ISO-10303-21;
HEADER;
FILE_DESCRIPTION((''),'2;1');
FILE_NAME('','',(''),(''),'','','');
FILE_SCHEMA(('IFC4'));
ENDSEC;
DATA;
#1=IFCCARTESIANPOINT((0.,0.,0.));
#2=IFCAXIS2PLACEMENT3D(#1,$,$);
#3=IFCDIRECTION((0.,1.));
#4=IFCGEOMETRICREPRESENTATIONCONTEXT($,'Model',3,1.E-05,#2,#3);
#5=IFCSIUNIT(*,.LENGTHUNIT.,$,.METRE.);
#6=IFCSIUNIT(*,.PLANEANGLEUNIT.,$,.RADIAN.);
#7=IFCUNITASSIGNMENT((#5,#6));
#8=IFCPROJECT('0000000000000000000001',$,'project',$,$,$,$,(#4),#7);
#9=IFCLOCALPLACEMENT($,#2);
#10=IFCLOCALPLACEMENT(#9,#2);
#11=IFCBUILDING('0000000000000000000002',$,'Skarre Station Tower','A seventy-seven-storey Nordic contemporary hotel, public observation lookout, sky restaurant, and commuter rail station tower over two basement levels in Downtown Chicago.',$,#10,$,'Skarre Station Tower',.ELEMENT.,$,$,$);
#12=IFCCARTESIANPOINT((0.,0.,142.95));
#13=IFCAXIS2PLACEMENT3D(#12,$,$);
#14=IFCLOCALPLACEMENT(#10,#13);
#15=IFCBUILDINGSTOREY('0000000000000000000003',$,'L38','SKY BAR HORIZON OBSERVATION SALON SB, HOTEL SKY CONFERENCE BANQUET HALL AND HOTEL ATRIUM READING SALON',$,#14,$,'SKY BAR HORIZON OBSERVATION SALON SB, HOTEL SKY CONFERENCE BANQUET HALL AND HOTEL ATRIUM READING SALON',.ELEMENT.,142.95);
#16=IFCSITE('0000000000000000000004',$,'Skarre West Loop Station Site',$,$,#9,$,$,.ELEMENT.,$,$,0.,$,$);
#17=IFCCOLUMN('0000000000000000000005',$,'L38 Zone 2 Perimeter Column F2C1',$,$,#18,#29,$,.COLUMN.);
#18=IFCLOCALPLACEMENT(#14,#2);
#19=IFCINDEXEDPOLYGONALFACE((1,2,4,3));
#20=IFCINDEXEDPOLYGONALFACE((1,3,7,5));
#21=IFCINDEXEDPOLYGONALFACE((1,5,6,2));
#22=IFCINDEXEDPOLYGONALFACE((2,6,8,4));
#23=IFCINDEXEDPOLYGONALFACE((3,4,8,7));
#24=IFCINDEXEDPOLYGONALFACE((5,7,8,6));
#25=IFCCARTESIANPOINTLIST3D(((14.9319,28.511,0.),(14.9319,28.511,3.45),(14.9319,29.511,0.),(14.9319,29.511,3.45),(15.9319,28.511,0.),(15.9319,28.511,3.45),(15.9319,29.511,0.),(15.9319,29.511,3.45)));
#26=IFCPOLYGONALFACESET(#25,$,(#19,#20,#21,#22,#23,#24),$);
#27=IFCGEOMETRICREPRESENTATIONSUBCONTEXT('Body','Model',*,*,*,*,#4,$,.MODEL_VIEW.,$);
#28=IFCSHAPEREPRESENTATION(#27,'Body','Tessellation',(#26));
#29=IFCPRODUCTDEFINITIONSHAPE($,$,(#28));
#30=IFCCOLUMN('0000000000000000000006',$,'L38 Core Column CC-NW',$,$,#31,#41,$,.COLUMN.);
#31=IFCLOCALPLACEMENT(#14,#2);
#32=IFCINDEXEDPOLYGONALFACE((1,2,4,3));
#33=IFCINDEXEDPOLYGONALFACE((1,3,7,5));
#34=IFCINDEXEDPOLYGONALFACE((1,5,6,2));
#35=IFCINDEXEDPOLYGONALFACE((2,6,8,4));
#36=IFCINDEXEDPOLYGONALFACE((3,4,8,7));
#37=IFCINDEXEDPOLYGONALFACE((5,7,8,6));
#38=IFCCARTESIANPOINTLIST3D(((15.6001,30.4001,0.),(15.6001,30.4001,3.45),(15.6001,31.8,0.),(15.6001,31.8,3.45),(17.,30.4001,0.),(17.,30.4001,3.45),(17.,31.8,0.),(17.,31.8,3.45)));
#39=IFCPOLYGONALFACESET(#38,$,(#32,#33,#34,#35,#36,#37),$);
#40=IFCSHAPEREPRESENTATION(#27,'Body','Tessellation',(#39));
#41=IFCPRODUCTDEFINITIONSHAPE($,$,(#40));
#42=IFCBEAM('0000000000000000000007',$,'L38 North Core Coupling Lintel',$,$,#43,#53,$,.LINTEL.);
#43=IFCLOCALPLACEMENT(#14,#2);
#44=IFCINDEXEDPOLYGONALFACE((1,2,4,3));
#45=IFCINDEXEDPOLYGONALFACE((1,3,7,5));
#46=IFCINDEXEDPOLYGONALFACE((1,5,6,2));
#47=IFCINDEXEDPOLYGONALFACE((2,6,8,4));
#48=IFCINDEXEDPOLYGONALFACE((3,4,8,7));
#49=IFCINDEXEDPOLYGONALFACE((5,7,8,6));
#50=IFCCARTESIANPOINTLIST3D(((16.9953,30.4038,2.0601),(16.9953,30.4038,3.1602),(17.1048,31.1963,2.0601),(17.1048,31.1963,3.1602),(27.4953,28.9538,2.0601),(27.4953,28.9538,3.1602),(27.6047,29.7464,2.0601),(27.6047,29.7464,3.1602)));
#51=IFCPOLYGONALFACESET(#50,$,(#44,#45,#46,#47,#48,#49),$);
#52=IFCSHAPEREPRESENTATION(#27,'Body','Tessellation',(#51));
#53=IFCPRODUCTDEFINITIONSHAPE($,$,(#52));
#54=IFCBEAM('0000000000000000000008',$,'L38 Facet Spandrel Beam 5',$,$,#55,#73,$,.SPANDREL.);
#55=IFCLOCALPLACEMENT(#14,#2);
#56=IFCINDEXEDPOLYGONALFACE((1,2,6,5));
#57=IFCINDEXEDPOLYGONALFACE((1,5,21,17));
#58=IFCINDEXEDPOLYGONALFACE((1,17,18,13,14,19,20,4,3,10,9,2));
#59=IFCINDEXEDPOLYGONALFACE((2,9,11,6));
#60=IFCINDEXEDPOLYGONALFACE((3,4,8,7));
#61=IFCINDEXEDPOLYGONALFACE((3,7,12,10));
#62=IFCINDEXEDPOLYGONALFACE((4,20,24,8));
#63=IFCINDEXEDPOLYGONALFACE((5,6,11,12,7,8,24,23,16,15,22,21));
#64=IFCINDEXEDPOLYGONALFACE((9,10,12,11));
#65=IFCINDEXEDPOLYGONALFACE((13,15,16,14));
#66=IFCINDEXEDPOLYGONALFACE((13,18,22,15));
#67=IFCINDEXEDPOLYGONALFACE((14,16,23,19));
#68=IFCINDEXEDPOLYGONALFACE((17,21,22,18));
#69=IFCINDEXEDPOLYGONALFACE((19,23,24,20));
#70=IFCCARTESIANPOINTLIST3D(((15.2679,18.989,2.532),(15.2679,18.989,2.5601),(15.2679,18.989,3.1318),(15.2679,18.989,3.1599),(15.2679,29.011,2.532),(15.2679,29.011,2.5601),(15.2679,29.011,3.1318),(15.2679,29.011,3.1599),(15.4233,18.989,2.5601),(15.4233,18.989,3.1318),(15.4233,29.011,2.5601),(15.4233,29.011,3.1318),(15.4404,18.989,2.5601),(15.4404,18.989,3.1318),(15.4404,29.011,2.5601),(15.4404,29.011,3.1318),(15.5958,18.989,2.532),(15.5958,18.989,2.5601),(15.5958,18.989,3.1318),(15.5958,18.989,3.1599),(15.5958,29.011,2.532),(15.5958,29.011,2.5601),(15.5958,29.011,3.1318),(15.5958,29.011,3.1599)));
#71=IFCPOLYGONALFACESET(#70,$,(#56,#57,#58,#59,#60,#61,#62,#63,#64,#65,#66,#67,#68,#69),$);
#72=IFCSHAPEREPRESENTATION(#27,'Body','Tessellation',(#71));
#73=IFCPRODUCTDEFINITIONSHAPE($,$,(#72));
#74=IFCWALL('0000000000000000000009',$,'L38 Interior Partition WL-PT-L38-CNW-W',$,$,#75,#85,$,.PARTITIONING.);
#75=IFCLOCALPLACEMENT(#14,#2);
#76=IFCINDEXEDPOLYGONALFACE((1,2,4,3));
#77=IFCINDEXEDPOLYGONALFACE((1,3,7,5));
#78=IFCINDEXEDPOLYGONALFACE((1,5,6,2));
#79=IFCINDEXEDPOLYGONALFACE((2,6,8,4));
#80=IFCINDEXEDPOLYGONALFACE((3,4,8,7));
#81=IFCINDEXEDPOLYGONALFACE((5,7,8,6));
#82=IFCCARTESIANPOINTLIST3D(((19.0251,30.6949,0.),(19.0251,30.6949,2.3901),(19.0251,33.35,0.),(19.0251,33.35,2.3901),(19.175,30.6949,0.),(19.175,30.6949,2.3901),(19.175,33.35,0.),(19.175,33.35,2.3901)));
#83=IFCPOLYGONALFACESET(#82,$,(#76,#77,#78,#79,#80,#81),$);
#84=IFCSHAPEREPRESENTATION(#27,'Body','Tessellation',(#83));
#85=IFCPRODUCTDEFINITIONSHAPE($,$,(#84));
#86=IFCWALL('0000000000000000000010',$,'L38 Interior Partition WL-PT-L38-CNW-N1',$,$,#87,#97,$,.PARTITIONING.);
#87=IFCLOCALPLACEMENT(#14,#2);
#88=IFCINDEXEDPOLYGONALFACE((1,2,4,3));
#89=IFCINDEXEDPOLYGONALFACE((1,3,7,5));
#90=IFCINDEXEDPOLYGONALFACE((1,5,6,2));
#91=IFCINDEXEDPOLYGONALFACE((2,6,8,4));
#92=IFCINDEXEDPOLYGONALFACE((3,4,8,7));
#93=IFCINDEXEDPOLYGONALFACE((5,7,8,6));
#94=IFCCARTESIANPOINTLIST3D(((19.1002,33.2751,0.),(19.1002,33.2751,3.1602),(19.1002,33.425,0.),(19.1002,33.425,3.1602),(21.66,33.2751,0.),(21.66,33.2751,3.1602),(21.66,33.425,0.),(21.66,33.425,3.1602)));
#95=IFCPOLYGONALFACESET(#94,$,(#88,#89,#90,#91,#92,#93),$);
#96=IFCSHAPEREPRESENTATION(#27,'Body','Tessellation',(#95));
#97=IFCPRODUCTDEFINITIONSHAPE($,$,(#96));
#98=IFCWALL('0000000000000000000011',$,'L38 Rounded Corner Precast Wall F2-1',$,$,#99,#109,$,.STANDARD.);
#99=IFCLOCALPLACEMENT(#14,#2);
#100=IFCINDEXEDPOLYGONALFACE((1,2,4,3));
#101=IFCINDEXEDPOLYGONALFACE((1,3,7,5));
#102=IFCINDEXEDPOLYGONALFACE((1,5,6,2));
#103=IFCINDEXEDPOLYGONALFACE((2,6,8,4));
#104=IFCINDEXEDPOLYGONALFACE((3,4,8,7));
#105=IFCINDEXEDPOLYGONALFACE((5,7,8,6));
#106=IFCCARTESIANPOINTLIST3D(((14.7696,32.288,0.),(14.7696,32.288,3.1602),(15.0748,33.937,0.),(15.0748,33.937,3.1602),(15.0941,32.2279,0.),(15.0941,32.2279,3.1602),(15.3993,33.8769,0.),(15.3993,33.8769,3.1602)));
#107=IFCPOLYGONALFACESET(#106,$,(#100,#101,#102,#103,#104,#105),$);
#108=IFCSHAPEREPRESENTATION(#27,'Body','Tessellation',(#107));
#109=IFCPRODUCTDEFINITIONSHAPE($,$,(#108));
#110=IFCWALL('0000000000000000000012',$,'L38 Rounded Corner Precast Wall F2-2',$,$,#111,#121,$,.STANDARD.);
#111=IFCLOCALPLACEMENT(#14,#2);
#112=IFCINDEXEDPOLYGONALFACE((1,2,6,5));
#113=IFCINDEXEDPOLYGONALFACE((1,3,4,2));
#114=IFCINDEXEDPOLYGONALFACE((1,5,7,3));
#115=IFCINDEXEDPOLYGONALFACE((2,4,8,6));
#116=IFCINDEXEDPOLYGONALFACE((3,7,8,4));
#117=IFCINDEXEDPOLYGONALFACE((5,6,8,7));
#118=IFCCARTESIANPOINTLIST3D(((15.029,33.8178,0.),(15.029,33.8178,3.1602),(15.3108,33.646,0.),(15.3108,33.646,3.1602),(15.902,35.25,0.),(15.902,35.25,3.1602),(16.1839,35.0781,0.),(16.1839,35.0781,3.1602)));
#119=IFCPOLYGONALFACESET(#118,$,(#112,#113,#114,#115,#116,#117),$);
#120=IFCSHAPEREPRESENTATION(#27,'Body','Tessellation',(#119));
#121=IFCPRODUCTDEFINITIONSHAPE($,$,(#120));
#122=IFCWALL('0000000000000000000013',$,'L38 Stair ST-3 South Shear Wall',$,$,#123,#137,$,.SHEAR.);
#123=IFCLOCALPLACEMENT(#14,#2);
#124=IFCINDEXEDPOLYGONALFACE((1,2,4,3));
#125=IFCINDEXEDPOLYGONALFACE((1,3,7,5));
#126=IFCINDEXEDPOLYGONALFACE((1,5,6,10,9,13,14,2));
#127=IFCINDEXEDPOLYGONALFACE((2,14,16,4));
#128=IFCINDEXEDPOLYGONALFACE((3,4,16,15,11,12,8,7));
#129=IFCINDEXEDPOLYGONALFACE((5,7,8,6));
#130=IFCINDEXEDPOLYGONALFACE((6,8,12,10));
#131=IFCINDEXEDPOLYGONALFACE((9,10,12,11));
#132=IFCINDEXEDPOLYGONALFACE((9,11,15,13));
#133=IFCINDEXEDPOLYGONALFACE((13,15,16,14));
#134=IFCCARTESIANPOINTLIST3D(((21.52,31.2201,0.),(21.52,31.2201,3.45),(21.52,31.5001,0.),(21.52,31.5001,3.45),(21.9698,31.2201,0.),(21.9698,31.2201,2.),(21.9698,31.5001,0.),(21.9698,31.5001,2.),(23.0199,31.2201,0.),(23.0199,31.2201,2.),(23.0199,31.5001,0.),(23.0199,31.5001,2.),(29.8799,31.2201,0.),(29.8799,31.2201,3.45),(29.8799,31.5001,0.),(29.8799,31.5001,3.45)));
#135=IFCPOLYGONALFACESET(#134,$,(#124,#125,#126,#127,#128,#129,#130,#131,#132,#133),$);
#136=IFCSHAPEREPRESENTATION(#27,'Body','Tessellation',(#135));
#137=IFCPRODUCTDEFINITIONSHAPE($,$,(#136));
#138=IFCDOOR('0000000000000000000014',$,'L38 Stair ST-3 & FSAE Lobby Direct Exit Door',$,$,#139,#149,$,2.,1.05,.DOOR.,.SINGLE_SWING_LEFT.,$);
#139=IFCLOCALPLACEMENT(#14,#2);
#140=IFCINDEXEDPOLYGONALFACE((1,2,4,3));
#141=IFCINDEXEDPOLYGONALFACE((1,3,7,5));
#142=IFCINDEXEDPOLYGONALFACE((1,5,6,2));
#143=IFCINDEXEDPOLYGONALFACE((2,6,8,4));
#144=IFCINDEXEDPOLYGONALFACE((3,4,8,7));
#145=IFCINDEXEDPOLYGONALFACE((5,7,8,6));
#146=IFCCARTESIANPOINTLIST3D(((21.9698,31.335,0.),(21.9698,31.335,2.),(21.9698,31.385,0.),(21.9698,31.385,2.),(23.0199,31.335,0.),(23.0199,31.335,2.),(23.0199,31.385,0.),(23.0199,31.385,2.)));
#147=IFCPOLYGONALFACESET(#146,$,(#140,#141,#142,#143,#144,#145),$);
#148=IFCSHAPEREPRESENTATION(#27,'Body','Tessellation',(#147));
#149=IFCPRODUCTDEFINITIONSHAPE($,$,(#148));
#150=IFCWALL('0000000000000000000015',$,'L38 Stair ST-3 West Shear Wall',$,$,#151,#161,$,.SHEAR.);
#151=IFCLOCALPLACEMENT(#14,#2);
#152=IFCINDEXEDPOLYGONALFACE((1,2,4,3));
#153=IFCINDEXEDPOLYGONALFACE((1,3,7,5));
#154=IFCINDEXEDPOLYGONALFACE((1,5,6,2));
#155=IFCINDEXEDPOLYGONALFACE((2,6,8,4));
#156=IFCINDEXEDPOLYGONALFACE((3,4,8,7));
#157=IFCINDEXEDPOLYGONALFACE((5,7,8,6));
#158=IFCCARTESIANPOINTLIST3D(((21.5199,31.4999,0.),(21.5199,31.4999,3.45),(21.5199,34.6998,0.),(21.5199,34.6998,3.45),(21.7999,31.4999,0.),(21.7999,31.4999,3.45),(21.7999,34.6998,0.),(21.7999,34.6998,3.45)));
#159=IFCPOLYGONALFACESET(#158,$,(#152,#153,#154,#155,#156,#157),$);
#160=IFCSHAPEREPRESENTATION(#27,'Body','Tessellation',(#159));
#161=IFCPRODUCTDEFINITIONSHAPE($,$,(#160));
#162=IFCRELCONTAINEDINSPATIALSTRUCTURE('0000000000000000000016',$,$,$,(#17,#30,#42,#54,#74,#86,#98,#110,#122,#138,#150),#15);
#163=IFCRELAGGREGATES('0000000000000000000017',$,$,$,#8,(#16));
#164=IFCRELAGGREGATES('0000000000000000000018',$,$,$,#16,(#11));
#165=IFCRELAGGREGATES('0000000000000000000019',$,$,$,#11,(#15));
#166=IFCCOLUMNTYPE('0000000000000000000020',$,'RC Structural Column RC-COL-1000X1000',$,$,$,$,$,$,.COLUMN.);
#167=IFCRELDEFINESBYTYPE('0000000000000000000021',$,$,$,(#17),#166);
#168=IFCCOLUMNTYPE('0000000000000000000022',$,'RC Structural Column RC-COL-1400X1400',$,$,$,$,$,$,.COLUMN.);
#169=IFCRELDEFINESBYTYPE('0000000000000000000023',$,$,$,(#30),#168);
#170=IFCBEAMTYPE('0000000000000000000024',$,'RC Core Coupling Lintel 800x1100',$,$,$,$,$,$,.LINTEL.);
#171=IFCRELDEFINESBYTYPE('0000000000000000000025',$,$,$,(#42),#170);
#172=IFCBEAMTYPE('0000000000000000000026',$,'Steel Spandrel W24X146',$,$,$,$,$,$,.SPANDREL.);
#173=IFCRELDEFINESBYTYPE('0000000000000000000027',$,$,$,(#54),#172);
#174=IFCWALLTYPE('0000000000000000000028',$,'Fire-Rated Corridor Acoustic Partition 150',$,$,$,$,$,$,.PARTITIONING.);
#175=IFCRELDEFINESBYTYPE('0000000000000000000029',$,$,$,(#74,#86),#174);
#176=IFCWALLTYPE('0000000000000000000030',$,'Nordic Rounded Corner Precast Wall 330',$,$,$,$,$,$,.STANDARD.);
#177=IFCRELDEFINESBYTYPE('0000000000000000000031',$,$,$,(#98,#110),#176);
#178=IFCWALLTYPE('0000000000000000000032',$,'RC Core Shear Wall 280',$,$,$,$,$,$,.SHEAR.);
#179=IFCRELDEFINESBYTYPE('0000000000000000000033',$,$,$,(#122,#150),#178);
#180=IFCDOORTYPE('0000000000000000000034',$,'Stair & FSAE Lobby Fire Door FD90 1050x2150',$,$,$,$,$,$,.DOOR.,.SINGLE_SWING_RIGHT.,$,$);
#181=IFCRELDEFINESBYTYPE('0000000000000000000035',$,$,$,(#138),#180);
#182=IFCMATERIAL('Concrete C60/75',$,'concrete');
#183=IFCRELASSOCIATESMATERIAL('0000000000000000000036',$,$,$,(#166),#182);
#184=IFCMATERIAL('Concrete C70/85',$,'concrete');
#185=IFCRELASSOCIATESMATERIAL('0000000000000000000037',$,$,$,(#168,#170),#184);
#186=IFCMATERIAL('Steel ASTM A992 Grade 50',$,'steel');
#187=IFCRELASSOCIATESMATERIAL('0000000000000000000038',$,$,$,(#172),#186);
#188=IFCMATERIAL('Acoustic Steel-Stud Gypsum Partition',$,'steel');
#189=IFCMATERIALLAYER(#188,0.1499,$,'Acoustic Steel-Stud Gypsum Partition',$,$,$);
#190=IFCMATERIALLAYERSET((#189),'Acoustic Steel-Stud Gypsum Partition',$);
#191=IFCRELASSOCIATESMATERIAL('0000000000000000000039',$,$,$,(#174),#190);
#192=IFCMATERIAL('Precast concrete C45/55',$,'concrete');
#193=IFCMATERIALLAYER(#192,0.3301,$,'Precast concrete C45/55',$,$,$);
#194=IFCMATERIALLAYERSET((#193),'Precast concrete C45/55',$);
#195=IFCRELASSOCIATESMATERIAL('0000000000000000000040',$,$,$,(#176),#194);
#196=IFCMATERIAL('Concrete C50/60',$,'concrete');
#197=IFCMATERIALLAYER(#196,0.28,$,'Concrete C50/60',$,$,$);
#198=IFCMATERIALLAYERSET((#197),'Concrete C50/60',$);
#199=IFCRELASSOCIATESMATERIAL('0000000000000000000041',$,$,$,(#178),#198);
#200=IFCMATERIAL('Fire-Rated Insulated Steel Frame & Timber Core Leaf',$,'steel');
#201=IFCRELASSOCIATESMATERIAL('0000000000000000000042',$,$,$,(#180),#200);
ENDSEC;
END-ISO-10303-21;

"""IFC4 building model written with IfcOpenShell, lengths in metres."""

from ifc_helpers import new_model, si_unit, direction, frame, frame_2d, origin, origin_2d, place, context, subcontext, project, spatial, rectangle, i_section, extrude, material, layer, layer_set, material_profile, profile_set, type_object, element, fill, save


model = new_model("IFC4")

# Units and contexts
model_context = context("Model", 3, precision=1e-05, world=origin(), true_north=direction((0.0, 1.0)))
body_context = subcontext(model_context, "Body", "Model", "MODEL_VIEW")
ifc_project = project(units=[si_unit("LENGTHUNIT", "METRE"), si_unit("PLANEANGLEUNIT", "RADIAN")], contexts=[model_context])

# Site, building, storey
site_placement = place(None, origin())
site = spatial("IfcSite", under=ifc_project, at=site_placement, Name="Skarre West Loop Station Site", CompositionType="ELEMENT", RefElevation=0.0)
building_placement = place(site_placement, origin())
building = spatial("IfcBuilding", under=site, at=building_placement, Name="Skarre Station Tower", Description="A seventy-seven-storey Nordic contemporary hotel, public observation lookout, sky restaurant, and commuter rail station tower over two basement levels in Downtown Chicago.", LongName="Skarre Station Tower", CompositionType="ELEMENT")
storey_placement = place(building_placement, frame((0.0, 0.0, 142.95)))
storey = spatial("IfcBuildingStorey", under=building, at=storey_placement, Name="L38", Description="SKY BAR HORIZON OBSERVATION SALON SB, HOTEL SKY CONFERENCE BANQUET HALL AND HOTEL ATRIUM READING SALON", LongName="SKY BAR HORIZON OBSERVATION SALON SB, HOTEL SKY CONFERENCE BANQUET HALL AND HOTEL ATRIUM READING SALON", CompositionType="ELEMENT", Elevation=142.95)

# Columns
ifc_material_1 = material(Name="Concrete C60/75", Category="concrete")
ifc_material_profile_1 = material_profile(ifc_material_1, rectangle(XDim=1.0, YDim=1.0, at=origin_2d()), Name="Concrete C60/75")
ifc_profile_set_1 = profile_set([ifc_material_profile_1], Name="Concrete C60/75")
column_type_1 = type_object("IfcColumnType", Name="RC Structural Column RC-COL-1000X1000", PredefinedType="COLUMN", material=ifc_profile_set_1)
column_1_placement = place(storey_placement, frame((15.4319, 29.011, 0.0), z_axis=(0.0, 0.0, 1.0), x_axis=(1.0, 0.0, 0.0)))
element("IfcColumn", 1, at=column_1_placement, inside=storey, type_object=column_type_1, Name="L38 Zone 2 Perimeter Column F2C1", PredefinedType="COLUMN", context=body_context, shape_type="SweptSolid", body=[
    extrude(rectangle(XDim=1.0, YDim=1.0, at=origin_2d()), origin(), (0.0, 0.0, 1.0), 3.45),
])
ifc_material_2 = material(Name="Concrete C70/85", Category="concrete")
ifc_material_profile_2 = material_profile(ifc_material_2, rectangle(XDim=1.3999, YDim=1.3999, at=origin_2d()), Name="Concrete C70/85")
ifc_profile_set_2 = profile_set([ifc_material_profile_2], Name="Concrete C70/85")
column_type_2 = type_object("IfcColumnType", Name="RC Structural Column RC-COL-1400X1400", PredefinedType="COLUMN", material=ifc_profile_set_2)
column_2_placement = place(storey_placement, frame((16.3, 31.1001, 0.0), z_axis=(0.0, 0.0, 1.0), x_axis=(1.0, 0.0, 0.0)))
element("IfcColumn", 2, at=column_2_placement, inside=storey, type_object=column_type_2, Name="L38 Core Column CC-NW", PredefinedType="COLUMN", context=body_context, shape_type="SweptSolid", body=[
    extrude(rectangle(XDim=1.3999, YDim=1.3999, at=origin_2d()), origin(), (0.0, 0.0, 1.0), 3.45),
])

# Beams
ifc_material_profile_3 = material_profile(ifc_material_2, rectangle(XDim=0.8, YDim=1.1001, at=origin_2d()), Name="Concrete C70/85")
ifc_profile_set_3 = profile_set([ifc_material_profile_3], Name="Concrete C70/85")
beam_type_1 = type_object("IfcBeamType", Name="RC Core Coupling Lintel 800x1100", PredefinedType="LINTEL", material=ifc_profile_set_3)
beam_1_placement = place(storey_placement, frame((17.05, 30.8, 2.6101), z_axis=(0.9906, -0.136792, 0.0), x_axis=(0.136792, 0.9906, 0.0)))
element("IfcBeam", 3, at=beam_1_placement, inside=storey, type_object=beam_type_1, Name="L38 North Core Coupling Lintel", PredefinedType="LINTEL", context=body_context, shape_type="SweptSolid", body=[
    extrude(rectangle(XDim=0.8, YDim=1.1001, at=origin_2d()), origin(), (0.0, 0.0, 1.0), 10.5996),
])
ifc_material_3 = material(Name="Steel ASTM A992 Grade 50", Category="steel")
ifc_material_profile_4 = material_profile(ifc_material_3, i_section(OverallWidth=0.3279, OverallDepth=0.6279, WebThickness=0.0171, FlangeThickness=0.0281, at=origin_2d()), Name="Steel ASTM A992 Grade 50")
ifc_profile_set_4 = profile_set([ifc_material_profile_4], Name="Steel ASTM A992 Grade 50")
beam_type_2 = type_object("IfcBeamType", Name="Steel Spandrel W24X146", PredefinedType="SPANDREL", material=ifc_profile_set_4)
beam_2_placement = place(storey_placement, frame((15.4319, 29.011, 2.8459), z_axis=(0.0, -1.0, 0.0), x_axis=(1.0, 0.0, 0.0)))
element("IfcBeam", 4, at=beam_2_placement, inside=storey, type_object=beam_type_2, Name="L38 Facet Spandrel Beam 5", PredefinedType="SPANDREL", context=body_context, shape_type="SweptSolid", body=[
    extrude(i_section(OverallWidth=0.3279, OverallDepth=0.6279, WebThickness=0.0171, FlangeThickness=0.0281, at=origin_2d()), origin(), (0.0, 0.0, 1.0), 10.022),
])

# Walls
ifc_material_4 = material(Name="Acoustic Steel-Stud Gypsum Partition", Category="steel")
ifc_layer_1 = layer(ifc_material_4, 0.1499, Name="Acoustic Steel-Stud Gypsum Partition")
ifc_layer_set_1 = layer_set([ifc_layer_1], Name="Acoustic Steel-Stud Gypsum Partition")
wall_type_1 = type_object("IfcWallType", Name="Fire-Rated Corridor Acoustic Partition 150", PredefinedType="PARTITIONING", material=ifc_layer_set_1)
wall_1_placement = place(storey_placement, frame((19.1001, 33.3501, 0.0), z_axis=(0.0, 0.0, 1.0), x_axis=(0.0, -1.0, 0.0)))
element("IfcWall", 5, at=wall_1_placement, inside=storey, type_object=wall_type_1, Name="L38 Interior Partition WL-PT-L38-CNW-W", PredefinedType="PARTITIONING", context=body_context, shape_type="SweptSolid", body=[
    extrude(rectangle(XDim=2.655, YDim=0.1499, at=frame_2d((1.3276, 0.0))), origin(), (0.0, 0.0, 1.0), 2.3901),
])
wall_2_placement = place(storey_placement, frame((21.6599, 33.3501, 0.0), z_axis=(0.0, 0.0, 1.0), x_axis=(-1.0, 0.0, 0.0)))
element("IfcWall", 6, at=wall_2_placement, inside=storey, type_object=wall_type_1, Name="L38 Interior Partition WL-PT-L38-CNW-N1", PredefinedType="PARTITIONING", context=body_context, shape_type="SweptSolid", body=[
    extrude(rectangle(XDim=2.5598, YDim=0.1499, at=frame_2d((1.2798, 0.0))), origin(), (0.0, 0.0, 1.0), 3.1602),
])
ifc_material_5 = material(Name="Precast concrete C45/55", Category="concrete")
ifc_layer_2 = layer(ifc_material_5, 0.3301, Name="Precast concrete C45/55")
ifc_layer_set_2 = layer_set([ifc_layer_2], Name="Precast concrete C45/55")
wall_type_2 = type_object("IfcWallType", Name="Nordic Rounded Corner Precast Wall 330", PredefinedType="STANDARD", material=ifc_layer_set_2)
wall_3_placement = place(storey_placement, frame((14.9319, 32.2581, 0.0), z_axis=(0.0, 0.0, 1.0), x_axis=(0.181985, 0.983301, 0.0)))
element("IfcWall", 7, at=wall_3_placement, inside=storey, type_object=wall_type_2, Name="L38 Rounded Corner Precast Wall F2-1", PredefinedType="STANDARD", context=body_context, shape_type="SweptSolid", body=[
    extrude(rectangle(XDim=1.677, YDim=0.3301, at=frame_2d((0.8384, 0.0))), origin(), (0.0, 0.0, 1.0), 3.1602),
])
wall_4_placement = place(storey_placement, frame((15.1699, 33.7319, 0.0), z_axis=(0.0, 0.0, 1.0), x_axis=(0.520519, 0.85385, 0.0)))
element("IfcWall", 8, at=wall_4_placement, inside=storey, type_object=wall_type_2, Name="L38 Rounded Corner Precast Wall F2-2", PredefinedType="STANDARD", context=body_context, shape_type="SweptSolid", body=[
    extrude(rectangle(XDim=1.6772, YDim=0.3301, at=frame_2d((0.8386, 0.0))), origin(), (0.0, 0.0, 1.0), 3.1602),
])

# Wall, opening, door
ifc_material_6 = material(Name="Concrete C50/60", Category="concrete")
ifc_layer_3 = layer(ifc_material_6, 0.28, Name="Concrete C50/60")
ifc_layer_set_3 = layer_set([ifc_layer_3], Name="Concrete C50/60")
wall_type_3 = type_object("IfcWallType", Name="RC Core Shear Wall 280", PredefinedType="SHEAR", material=ifc_layer_set_3)
wall_5_placement = place(storey_placement, frame((21.52, 31.3601, 0.0), z_axis=(0.0, 0.0, 1.0), x_axis=(1.0, 0.0, 0.0)))
wall_5 = element("IfcWall", 9, at=wall_5_placement, inside=storey, type_object=wall_type_3, Name="L38 Stair ST-3 South Shear Wall", PredefinedType="SHEAR", context=body_context, shape_type="SweptSolid", body=[
    extrude(rectangle(XDim=8.3599, YDim=0.28, at=frame_2d((4.1799, 0.0))), origin(), (0.0, 0.0, 1.0), 3.45),
])
opening_1_placement = place(wall_5_placement, frame((0.45, 0.0, 0.0)))
opening_1 = element("IfcOpeningElement", 10, at=opening_1_placement, cuts=wall_5, PredefinedType="OPENING", context=body_context, shape_type="SweptSolid", body=[
    extrude(rectangle(XDim=1.05, YDim=2.0, at=frame_2d((0.5249, 1.0))), frame((0.0, 0.1499, 0.0), z_axis=(0.0, -1.0, 0.0), x_axis=(1.0, 0.0, 0.0)), (0.0, 0.0, 1.0), 0.3),
])
ifc_material_7 = material(Name="Fire-Rated Insulated Steel Frame & Timber Core Leaf", Category="steel")
door_type_1 = type_object("IfcDoorType", Name="Stair & FSAE Lobby Fire Door FD90 1050x2150", OperationType="SINGLE_SWING_RIGHT", PredefinedType="DOOR", material=ifc_material_7)
door_1_placement = place(opening_1_placement, origin())
door_1 = element("IfcDoor", 11, at=door_1_placement, inside=storey, type_object=door_type_1, Name="L38 Stair ST-3 & FSAE Lobby Direct Exit Door", OperationType="SINGLE_SWING_LEFT", OverallHeight=2.0, OverallWidth=1.05, PredefinedType="DOOR", context=body_context, shape_type="SweptSolid", body=[
    extrude(rectangle(XDim=1.05, YDim=2.0, at=frame_2d((0.5249, 1.0))), frame((0.0, 0.0249, 0.0), z_axis=(0.0, -1.0, 0.0), x_axis=(1.0, 0.0, 0.0)), (0.0, 0.0, 1.0), 0.05),
])
fill(opening_1, door_1)

# Wall
wall_6_placement = place(storey_placement, frame((21.6599, 34.7, 0.0), z_axis=(0.0, 0.0, 1.0), x_axis=(0.0, -1.0, 0.0)))
element("IfcWall", 12, at=wall_6_placement, inside=storey, type_object=wall_type_3, Name="L38 Stair ST-3 West Shear Wall", PredefinedType="SHEAR", context=body_context, shape_type="SweptSolid", body=[
    extrude(rectangle(XDim=3.2, YDim=0.28, at=frame_2d((1.6001, 0.0))), origin(), (0.0, 0.0, 1.0), 3.45),
])

save(model, "model.ifc")
